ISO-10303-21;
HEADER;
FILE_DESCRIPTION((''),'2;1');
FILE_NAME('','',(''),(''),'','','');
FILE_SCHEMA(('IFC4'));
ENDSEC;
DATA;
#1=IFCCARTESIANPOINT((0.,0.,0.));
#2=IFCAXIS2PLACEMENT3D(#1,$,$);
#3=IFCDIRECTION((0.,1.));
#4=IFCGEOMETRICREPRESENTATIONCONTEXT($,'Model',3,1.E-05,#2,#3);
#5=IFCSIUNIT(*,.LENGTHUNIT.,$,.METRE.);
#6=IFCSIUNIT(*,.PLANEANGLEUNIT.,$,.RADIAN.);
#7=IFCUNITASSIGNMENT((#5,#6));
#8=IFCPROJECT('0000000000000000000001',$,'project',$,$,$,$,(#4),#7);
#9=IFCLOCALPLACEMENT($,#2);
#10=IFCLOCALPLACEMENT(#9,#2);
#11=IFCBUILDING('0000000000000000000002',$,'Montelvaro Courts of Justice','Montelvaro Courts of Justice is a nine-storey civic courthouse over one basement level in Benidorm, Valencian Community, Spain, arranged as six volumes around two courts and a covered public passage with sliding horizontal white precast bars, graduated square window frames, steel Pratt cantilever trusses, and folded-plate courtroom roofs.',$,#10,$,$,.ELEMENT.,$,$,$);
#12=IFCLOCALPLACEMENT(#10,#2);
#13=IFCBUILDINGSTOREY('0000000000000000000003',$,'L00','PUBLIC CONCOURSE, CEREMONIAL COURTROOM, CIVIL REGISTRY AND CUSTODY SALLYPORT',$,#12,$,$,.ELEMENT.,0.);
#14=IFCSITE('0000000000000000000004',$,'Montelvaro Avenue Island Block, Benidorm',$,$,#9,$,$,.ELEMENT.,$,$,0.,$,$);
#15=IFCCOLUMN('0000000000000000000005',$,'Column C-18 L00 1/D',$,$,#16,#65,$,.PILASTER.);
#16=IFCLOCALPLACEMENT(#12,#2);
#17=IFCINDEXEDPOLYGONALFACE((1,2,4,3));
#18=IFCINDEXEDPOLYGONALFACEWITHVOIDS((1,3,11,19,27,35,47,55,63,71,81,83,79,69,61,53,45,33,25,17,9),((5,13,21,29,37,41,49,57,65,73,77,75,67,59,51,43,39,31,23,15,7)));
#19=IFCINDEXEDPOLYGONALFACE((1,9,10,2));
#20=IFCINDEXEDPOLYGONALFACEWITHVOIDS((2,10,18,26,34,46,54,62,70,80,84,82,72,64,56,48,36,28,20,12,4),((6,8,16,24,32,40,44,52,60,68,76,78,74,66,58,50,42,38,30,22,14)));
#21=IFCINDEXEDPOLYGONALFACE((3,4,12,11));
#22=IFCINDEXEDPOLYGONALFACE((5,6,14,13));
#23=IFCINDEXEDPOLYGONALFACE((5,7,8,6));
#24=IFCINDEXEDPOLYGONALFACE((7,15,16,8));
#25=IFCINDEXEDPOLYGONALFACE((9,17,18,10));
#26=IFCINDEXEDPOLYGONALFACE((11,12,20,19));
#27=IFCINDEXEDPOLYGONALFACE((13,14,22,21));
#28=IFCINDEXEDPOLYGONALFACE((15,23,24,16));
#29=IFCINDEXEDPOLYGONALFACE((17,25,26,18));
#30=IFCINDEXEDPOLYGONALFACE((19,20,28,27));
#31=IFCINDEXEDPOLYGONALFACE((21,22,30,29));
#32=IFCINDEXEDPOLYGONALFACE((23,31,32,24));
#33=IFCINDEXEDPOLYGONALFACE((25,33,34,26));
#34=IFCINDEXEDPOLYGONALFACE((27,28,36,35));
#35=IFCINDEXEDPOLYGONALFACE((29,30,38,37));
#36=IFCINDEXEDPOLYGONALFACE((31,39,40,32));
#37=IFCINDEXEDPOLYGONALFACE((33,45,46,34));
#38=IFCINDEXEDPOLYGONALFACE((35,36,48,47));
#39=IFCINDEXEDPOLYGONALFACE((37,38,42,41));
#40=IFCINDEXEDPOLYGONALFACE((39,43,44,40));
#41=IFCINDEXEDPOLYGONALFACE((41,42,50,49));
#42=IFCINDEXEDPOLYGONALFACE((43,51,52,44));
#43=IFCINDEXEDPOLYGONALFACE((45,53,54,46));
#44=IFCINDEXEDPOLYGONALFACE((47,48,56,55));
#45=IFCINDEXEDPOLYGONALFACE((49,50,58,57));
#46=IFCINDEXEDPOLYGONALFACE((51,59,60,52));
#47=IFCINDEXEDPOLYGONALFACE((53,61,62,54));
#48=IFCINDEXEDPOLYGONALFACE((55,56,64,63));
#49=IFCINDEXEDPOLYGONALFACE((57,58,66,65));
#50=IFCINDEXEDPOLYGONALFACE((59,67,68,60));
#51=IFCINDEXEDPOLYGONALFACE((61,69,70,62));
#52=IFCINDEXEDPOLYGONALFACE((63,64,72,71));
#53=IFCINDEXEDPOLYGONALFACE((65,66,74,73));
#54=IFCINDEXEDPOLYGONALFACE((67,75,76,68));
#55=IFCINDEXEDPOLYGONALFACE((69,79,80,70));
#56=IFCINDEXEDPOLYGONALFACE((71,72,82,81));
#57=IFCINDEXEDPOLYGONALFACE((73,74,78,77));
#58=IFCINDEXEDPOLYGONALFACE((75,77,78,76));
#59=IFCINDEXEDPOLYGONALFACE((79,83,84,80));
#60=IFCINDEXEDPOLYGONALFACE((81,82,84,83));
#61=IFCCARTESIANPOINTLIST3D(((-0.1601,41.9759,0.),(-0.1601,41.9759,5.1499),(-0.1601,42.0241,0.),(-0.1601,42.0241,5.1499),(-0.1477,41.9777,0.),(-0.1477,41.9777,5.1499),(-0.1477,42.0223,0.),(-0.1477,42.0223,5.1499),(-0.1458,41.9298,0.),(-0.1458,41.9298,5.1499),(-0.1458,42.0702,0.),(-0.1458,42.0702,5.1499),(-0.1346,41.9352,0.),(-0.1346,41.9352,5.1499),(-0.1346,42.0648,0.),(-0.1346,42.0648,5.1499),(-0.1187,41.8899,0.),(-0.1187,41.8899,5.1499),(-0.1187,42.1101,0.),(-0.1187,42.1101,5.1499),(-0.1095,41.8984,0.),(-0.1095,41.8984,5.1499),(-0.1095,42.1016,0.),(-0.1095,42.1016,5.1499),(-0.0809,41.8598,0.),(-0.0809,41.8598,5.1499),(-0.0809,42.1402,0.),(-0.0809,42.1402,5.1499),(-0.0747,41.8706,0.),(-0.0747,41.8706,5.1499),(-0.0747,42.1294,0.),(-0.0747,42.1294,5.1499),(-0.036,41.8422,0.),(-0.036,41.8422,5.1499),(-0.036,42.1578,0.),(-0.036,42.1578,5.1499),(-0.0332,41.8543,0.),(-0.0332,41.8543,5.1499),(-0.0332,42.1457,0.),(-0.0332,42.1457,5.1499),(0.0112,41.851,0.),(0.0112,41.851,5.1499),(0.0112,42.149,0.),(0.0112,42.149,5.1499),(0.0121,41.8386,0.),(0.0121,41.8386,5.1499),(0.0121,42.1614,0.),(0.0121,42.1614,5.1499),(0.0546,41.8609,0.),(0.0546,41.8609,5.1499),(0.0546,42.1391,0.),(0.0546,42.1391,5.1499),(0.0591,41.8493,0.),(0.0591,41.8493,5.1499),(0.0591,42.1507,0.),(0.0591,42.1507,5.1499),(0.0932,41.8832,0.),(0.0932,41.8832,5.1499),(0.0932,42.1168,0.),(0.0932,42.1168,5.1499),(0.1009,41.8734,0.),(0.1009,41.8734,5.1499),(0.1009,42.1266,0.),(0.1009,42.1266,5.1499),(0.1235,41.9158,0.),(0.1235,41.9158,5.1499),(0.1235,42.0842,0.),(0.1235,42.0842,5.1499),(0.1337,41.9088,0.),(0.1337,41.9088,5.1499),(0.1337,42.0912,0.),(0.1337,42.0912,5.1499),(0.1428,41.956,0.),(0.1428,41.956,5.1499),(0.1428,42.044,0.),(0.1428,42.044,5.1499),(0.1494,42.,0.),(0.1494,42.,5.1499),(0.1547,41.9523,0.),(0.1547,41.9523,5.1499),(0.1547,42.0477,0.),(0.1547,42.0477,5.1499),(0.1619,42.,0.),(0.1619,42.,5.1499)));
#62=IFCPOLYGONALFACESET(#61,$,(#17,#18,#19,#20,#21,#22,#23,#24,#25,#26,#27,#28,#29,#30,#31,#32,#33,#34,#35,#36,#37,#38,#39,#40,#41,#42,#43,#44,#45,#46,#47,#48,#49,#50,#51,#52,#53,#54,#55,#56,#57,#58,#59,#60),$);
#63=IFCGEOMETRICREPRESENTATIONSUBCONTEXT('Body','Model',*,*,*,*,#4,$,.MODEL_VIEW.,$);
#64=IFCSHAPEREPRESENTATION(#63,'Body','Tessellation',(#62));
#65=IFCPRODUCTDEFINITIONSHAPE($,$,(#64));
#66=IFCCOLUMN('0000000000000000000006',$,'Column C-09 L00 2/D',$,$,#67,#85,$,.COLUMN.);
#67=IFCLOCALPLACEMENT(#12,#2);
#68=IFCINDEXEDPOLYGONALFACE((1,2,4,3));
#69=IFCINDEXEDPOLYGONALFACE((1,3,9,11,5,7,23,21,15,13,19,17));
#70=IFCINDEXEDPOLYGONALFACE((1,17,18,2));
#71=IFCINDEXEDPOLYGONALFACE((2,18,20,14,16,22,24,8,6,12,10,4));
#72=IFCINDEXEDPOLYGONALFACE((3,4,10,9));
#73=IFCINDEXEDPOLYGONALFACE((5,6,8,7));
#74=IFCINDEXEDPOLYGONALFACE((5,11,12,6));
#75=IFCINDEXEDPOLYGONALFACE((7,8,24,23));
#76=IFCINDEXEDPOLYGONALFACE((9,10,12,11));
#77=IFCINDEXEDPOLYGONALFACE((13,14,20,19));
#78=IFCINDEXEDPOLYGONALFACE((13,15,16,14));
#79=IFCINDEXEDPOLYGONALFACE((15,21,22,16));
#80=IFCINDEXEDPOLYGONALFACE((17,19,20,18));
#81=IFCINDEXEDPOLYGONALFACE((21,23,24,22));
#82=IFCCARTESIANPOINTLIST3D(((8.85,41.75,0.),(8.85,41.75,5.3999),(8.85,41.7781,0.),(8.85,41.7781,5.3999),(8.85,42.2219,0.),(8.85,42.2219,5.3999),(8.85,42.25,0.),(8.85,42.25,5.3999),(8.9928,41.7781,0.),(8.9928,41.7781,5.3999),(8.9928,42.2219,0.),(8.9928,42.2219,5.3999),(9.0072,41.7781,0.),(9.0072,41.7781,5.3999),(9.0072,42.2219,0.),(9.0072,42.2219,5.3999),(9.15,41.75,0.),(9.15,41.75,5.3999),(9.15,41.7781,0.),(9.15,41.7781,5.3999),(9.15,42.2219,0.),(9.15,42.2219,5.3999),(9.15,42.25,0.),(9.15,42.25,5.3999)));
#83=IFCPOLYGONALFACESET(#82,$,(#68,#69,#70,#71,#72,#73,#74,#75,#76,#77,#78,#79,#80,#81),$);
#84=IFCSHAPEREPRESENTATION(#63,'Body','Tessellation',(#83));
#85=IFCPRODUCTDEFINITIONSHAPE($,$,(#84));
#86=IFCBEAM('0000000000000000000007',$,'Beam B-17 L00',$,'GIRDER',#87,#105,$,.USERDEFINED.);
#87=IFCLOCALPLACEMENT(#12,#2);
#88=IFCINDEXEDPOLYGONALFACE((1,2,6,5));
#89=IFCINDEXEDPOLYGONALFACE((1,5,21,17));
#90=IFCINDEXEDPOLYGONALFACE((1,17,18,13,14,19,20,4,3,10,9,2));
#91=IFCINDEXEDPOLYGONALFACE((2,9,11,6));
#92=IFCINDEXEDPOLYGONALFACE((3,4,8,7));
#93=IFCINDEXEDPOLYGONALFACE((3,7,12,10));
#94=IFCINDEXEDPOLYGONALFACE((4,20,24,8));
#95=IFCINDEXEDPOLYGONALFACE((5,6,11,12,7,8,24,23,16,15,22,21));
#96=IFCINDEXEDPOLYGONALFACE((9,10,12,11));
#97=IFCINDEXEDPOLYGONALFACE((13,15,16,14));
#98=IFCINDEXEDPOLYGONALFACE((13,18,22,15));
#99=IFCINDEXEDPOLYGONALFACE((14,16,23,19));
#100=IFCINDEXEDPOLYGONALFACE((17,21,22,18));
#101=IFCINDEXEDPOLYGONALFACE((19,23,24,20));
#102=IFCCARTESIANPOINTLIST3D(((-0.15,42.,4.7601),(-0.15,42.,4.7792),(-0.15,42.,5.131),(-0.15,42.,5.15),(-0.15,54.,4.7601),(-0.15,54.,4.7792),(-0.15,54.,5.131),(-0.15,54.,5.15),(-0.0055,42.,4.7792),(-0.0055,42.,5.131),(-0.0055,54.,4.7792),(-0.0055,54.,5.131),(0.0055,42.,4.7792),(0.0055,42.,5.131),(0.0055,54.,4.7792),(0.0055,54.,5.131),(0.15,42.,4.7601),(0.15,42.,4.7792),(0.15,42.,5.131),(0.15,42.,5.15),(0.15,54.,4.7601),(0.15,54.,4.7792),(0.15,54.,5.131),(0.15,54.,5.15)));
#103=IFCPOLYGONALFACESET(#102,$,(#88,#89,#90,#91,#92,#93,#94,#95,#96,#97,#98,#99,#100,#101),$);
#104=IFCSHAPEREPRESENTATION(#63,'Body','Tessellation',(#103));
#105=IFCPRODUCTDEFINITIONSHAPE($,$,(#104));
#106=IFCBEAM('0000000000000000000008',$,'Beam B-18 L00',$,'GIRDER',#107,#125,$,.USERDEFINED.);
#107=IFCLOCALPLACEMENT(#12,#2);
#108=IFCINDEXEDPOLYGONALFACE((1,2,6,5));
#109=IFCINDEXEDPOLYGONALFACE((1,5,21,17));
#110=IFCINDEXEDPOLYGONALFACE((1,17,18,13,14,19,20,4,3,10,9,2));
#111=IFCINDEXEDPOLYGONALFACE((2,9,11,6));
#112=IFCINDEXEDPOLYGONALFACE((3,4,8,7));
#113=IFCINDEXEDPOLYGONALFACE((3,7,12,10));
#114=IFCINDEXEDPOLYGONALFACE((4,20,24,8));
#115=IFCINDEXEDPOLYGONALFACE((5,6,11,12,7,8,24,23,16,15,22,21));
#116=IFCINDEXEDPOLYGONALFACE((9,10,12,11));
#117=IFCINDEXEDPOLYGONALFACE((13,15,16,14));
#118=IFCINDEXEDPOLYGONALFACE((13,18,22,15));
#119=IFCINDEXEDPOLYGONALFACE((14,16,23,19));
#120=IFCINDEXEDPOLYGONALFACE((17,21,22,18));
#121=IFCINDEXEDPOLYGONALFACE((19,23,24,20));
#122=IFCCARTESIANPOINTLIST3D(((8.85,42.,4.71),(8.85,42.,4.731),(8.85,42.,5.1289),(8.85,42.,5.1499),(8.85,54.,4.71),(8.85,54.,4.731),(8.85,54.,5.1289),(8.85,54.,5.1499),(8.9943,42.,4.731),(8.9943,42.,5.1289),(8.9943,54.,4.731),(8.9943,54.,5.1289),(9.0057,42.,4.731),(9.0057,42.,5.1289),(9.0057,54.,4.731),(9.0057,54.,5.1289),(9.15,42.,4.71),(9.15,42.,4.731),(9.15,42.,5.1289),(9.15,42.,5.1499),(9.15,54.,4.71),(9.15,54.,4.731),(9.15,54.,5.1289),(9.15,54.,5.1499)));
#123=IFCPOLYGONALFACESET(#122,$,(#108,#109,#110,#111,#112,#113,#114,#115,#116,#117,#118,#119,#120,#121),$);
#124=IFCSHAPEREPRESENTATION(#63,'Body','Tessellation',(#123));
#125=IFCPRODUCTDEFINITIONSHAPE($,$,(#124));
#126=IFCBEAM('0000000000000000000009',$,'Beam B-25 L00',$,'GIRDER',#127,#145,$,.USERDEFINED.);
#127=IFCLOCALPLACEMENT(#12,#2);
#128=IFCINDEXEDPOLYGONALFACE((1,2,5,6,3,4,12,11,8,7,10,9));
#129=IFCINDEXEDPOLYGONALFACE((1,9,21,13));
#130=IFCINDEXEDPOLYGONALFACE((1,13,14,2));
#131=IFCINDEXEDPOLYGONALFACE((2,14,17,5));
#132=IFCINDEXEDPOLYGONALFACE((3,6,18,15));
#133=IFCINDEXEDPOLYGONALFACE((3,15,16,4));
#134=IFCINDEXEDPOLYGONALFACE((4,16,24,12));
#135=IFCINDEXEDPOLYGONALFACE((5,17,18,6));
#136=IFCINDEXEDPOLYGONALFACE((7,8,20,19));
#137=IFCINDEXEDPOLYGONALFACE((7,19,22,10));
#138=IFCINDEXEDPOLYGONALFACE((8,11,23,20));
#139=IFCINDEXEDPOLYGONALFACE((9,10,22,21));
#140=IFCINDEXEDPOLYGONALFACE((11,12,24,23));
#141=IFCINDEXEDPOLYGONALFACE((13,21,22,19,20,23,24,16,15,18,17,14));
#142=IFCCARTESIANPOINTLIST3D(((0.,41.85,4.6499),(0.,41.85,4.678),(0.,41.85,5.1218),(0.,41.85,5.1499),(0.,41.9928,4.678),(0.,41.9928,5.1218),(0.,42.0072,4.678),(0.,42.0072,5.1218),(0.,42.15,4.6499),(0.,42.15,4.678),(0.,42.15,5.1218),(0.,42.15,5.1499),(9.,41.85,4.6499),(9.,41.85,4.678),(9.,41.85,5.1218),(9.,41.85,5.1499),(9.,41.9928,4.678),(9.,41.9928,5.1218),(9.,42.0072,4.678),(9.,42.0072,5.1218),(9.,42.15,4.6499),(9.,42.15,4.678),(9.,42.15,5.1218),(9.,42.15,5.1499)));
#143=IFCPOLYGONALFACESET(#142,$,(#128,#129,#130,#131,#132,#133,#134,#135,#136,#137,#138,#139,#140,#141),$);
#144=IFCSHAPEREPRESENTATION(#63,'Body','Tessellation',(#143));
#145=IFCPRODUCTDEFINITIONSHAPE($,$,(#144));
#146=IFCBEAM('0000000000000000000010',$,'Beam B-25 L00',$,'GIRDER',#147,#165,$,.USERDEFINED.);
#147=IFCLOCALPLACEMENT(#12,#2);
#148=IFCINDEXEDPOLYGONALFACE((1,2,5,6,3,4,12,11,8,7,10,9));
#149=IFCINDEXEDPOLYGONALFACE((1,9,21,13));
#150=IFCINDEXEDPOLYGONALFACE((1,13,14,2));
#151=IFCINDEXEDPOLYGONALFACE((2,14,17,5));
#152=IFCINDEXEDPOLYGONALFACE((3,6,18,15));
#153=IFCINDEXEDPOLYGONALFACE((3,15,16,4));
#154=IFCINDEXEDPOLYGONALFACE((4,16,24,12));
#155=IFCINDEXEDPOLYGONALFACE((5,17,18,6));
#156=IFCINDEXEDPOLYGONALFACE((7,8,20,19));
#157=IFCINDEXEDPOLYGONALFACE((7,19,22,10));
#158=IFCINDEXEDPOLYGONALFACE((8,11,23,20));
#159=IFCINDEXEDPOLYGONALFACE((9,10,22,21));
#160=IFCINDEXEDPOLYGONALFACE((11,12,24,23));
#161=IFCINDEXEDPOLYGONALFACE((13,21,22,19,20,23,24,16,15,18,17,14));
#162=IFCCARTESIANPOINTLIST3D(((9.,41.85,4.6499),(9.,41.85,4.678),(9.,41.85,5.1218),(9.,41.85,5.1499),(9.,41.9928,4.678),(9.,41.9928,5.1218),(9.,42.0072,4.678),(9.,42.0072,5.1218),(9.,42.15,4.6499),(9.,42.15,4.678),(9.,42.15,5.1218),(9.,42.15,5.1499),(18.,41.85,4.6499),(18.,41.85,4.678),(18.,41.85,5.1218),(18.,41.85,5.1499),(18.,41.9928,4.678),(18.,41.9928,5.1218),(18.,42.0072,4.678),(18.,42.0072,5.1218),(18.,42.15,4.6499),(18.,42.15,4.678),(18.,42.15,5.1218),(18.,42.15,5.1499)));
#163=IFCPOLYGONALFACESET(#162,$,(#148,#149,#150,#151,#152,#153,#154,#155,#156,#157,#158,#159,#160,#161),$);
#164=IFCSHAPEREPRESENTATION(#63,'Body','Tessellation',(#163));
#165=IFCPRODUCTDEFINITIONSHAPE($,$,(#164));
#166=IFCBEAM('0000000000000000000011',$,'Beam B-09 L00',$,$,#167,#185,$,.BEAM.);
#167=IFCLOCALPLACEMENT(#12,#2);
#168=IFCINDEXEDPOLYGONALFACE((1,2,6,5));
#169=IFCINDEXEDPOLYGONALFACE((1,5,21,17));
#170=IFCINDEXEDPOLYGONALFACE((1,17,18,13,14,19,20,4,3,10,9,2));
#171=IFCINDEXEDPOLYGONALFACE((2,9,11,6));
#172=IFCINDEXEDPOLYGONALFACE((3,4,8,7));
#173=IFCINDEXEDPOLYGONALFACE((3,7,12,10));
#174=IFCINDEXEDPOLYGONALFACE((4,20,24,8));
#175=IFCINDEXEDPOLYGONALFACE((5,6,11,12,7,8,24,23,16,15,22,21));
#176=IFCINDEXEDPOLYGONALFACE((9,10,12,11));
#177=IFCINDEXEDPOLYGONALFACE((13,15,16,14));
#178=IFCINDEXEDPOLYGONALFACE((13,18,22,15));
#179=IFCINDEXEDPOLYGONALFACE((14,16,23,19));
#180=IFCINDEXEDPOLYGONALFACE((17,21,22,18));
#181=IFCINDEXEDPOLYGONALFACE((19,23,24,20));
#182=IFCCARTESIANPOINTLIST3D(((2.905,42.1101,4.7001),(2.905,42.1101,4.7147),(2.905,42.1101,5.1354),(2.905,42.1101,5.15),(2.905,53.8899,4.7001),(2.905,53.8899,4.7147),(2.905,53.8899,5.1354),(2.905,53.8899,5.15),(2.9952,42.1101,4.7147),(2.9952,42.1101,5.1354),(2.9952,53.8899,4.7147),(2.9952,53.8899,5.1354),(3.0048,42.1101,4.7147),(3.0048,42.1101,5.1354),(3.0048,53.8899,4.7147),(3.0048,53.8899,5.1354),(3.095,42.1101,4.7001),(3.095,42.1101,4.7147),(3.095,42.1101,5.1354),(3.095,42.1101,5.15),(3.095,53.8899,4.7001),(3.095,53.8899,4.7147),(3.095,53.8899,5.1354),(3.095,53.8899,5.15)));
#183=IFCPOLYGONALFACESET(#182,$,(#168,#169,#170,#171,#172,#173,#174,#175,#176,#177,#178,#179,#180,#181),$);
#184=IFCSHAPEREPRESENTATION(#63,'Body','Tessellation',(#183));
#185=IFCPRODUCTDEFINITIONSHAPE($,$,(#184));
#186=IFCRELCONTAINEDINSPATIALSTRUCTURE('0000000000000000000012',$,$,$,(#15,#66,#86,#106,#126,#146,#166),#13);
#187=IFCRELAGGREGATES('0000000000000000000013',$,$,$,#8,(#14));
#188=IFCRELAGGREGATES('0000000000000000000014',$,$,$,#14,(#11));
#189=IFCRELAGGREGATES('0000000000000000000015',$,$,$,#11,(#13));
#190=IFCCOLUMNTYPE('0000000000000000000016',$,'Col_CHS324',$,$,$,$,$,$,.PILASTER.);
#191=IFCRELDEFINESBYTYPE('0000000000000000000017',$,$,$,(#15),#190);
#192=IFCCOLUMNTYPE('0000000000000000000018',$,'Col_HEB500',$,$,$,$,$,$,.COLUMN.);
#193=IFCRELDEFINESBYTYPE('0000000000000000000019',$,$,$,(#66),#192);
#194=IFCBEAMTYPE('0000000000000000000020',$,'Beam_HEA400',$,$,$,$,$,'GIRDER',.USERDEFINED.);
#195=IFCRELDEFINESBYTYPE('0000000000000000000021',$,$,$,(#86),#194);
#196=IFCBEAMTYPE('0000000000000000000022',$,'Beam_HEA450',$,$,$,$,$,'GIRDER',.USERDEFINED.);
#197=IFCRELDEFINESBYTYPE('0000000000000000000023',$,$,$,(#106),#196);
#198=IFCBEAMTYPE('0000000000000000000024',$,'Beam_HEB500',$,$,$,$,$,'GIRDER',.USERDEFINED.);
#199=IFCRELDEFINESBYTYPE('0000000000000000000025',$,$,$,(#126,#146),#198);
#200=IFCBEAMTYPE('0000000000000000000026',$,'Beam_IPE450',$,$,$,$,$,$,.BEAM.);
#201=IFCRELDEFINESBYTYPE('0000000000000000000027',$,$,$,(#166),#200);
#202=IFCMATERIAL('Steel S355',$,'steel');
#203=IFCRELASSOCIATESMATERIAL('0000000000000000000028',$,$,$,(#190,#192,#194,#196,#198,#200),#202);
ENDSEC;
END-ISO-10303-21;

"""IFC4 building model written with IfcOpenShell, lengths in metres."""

from ifc_helpers import new_model, si_unit, direction, frame, origin, origin_2d, place, context, subcontext, project, spatial, hollow_circle, i_section, extrude, material, material_profile, profile_set, type_object, element, save


model = new_model("IFC4")

# Units and contexts
model_context = context("Model", 3, precision=1e-05, world=origin(), true_north=direction((0.0, 1.0)))
body_context = subcontext(model_context, "Body", "Model", "MODEL_VIEW")
ifc_project = project(units=[si_unit("LENGTHUNIT", "METRE"), si_unit("PLANEANGLEUNIT", "RADIAN")], contexts=[model_context])

# Site, building, storey
site_placement = place(None, origin())
site = spatial("IfcSite", under=ifc_project, at=site_placement, Name="Montelvaro Avenue Island Block, Benidorm", CompositionType="ELEMENT", RefElevation=0.0)
building_placement = place(site_placement, origin())
building = spatial("IfcBuilding", under=site, at=building_placement, Name="Montelvaro Courts of Justice", Description="Montelvaro Courts of Justice is a nine-storey civic courthouse over one basement level in Benidorm, Valencian Community, Spain, arranged as six volumes around two courts and a covered public passage with sliding horizontal white precast bars, graduated square window frames, steel Pratt cantilever trusses, and folded-plate courtroom roofs.", CompositionType="ELEMENT")
storey_placement = place(building_placement, origin())
storey = spatial("IfcBuildingStorey", under=building, at=storey_placement, Name="L00", Description="PUBLIC CONCOURSE, CEREMONIAL COURTROOM, CIVIL REGISTRY AND CUSTODY SALLYPORT", CompositionType="ELEMENT", Elevation=0.0)

# Columns
ifc_material_1 = material(Name="Steel S355", Category="steel")
ifc_material_profile_1 = material_profile(ifc_material_1, hollow_circle(Radius=0.1619, WallThickness=0.0125, at=origin_2d()), Name="CHS 323.9x12.5")
ifc_profile_set_1 = profile_set([ifc_material_profile_1], Name="Steel S355")
column_type_1 = type_object("IfcColumnType", Name="Col_CHS324", PredefinedType="PILASTER", material=ifc_profile_set_1)
column_1_placement = place(storey_placement, frame((0.0, 42.0, 0.0), z_axis=(0.0, 0.0, 1.0), x_axis=(1.0, 0.0, 0.0)))
element("IfcColumn", 1, at=column_1_placement, inside=storey, type_object=column_type_1, Name="Column C-18 L00 1/D", PredefinedType="PILASTER", context=body_context, shape_type="SweptSolid", body=[
    extrude(hollow_circle(Radius=0.1619, WallThickness=0.0125, at=origin_2d()), origin(), (0.0, 0.0, 1.0), 5.1499),
])
ifc_material_profile_2 = material_profile(ifc_material_1, i_section(OverallWidth=0.3, OverallDepth=0.5, WebThickness=0.0144, FlangeThickness=0.0281, at=origin_2d()), Name="HEB 500")
ifc_profile_set_2 = profile_set([ifc_material_profile_2], Name="Steel S355")
column_type_2 = type_object("IfcColumnType", Name="Col_HEB500", PredefinedType="COLUMN", material=ifc_profile_set_2)
column_2_placement = place(storey_placement, frame((9.0, 42.0, 0.0), z_axis=(0.0, 0.0, 1.0), x_axis=(1.0, 0.0, 0.0)))
element("IfcColumn", 2, at=column_2_placement, inside=storey, type_object=column_type_2, Name="Column C-09 L00 2/D", PredefinedType="COLUMN", context=body_context, shape_type="SweptSolid", body=[
    extrude(i_section(OverallWidth=0.3, OverallDepth=0.5, WebThickness=0.0144, FlangeThickness=0.0281, at=origin_2d()), origin(), (0.0, 0.0, 1.0), 5.3999),
])

# Beams
ifc_material_profile_3 = material_profile(ifc_material_1, i_section(OverallWidth=0.3, OverallDepth=0.3899, WebThickness=0.011, FlangeThickness=0.019, at=origin_2d()), Name="HEA 400")
ifc_profile_set_3 = profile_set([ifc_material_profile_3], Name="Steel S355")
beam_type_1 = type_object("IfcBeamType", Name="Beam_HEA400", ElementType="GIRDER", PredefinedType="USERDEFINED", material=ifc_profile_set_3)
beam_1_placement = place(storey_placement, frame((0.0, 42.0, 4.9551), z_axis=(0.0, 1.0, 0.0), x_axis=(-1.0, 0.0, 0.0)))
element("IfcBeam", 3, at=beam_1_placement, inside=storey, type_object=beam_type_1, Name="Beam B-17 L00", ObjectType="GIRDER", PredefinedType="USERDEFINED", context=body_context, shape_type="SweptSolid", body=[
    extrude(i_section(OverallWidth=0.3, OverallDepth=0.3899, WebThickness=0.011, FlangeThickness=0.019, at=origin_2d()), origin(), (0.0, 0.0, 1.0), 12.0),
])
ifc_material_profile_4 = material_profile(ifc_material_1, i_section(OverallWidth=0.3, OverallDepth=0.4399, WebThickness=0.0115, FlangeThickness=0.021, at=origin_2d()), Name="HEA 450")
ifc_profile_set_4 = profile_set([ifc_material_profile_4], Name="Steel S355")
beam_type_2 = type_object("IfcBeamType", Name="Beam_HEA450", ElementType="GIRDER", PredefinedType="USERDEFINED", material=ifc_profile_set_4)
beam_2_placement = place(storey_placement, frame((9.0, 42.0, 4.9299), z_axis=(0.0, 1.0, 0.0), x_axis=(-1.0, 0.0, 0.0)))
element("IfcBeam", 4, at=beam_2_placement, inside=storey, type_object=beam_type_2, Name="Beam B-18 L00", ObjectType="GIRDER", PredefinedType="USERDEFINED", context=body_context, shape_type="SweptSolid", body=[
    extrude(i_section(OverallWidth=0.3, OverallDepth=0.4399, WebThickness=0.0115, FlangeThickness=0.021, at=origin_2d()), origin(), (0.0, 0.0, 1.0), 12.0),
])
ifc_material_profile_5 = material_profile(ifc_material_1, i_section(OverallWidth=0.3, OverallDepth=0.5, WebThickness=0.0144, FlangeThickness=0.0281, at=origin_2d()), Name="HEB 500")
ifc_profile_set_5 = profile_set([ifc_material_profile_5], Name="Steel S355")
beam_type_3 = type_object("IfcBeamType", Name="Beam_HEB500", ElementType="GIRDER", PredefinedType="USERDEFINED", material=ifc_profile_set_5)
for number, where, z_axis, x_axis, name in (
    (5, (0.0, 42.0, 4.8999), (1.0, 0.0, 0.0), (0.0, 1.0, 0.0), "Beam B-25 L00"),
    (6, (9.0, 42.0, 4.8999), (1.0, 0.0, 0.0), (0.0, 1.0, 0.0), "Beam B-25 L00"),
):
    element("IfcBeam", number, at=place(storey_placement, frame(where, z_axis=z_axis, x_axis=x_axis)), inside=storey, type_object=beam_type_3, Name=name, ObjectType="GIRDER", PredefinedType="USERDEFINED", context=body_context, shape_type="SweptSolid", body=[
        extrude(i_section(OverallWidth=0.3, OverallDepth=0.5, WebThickness=0.0144, FlangeThickness=0.0281, at=origin_2d()), origin(), (0.0, 0.0, 1.0), 9.0),
    ])
ifc_material_profile_6 = material_profile(ifc_material_1, i_section(OverallWidth=0.1899, OverallDepth=0.45, WebThickness=0.0095, FlangeThickness=0.0146, at=origin_2d()), Name="IPE 450")
ifc_profile_set_6 = profile_set([ifc_material_profile_6], Name="Steel S355")
beam_type_4 = type_object("IfcBeamType", Name="Beam_IPE450", PredefinedType="BEAM", material=ifc_profile_set_6)
beam_3_placement = place(storey_placement, frame((3.0, 42.1101, 4.925), z_axis=(0.0, 1.0, 0.0), x_axis=(-1.0, 0.0, 0.0)))
element("IfcBeam", 7, at=beam_3_placement, inside=storey, type_object=beam_type_4, Name="Beam B-09 L00", PredefinedType="BEAM", context=body_context, shape_type="SweptSolid", body=[
    extrude(i_section(OverallWidth=0.1899, OverallDepth=0.45, WebThickness=0.0095, FlangeThickness=0.0146, at=origin_2d()), origin(), (0.0, 0.0, 1.0), 11.7798),
])

save(model, "model.ifc")
